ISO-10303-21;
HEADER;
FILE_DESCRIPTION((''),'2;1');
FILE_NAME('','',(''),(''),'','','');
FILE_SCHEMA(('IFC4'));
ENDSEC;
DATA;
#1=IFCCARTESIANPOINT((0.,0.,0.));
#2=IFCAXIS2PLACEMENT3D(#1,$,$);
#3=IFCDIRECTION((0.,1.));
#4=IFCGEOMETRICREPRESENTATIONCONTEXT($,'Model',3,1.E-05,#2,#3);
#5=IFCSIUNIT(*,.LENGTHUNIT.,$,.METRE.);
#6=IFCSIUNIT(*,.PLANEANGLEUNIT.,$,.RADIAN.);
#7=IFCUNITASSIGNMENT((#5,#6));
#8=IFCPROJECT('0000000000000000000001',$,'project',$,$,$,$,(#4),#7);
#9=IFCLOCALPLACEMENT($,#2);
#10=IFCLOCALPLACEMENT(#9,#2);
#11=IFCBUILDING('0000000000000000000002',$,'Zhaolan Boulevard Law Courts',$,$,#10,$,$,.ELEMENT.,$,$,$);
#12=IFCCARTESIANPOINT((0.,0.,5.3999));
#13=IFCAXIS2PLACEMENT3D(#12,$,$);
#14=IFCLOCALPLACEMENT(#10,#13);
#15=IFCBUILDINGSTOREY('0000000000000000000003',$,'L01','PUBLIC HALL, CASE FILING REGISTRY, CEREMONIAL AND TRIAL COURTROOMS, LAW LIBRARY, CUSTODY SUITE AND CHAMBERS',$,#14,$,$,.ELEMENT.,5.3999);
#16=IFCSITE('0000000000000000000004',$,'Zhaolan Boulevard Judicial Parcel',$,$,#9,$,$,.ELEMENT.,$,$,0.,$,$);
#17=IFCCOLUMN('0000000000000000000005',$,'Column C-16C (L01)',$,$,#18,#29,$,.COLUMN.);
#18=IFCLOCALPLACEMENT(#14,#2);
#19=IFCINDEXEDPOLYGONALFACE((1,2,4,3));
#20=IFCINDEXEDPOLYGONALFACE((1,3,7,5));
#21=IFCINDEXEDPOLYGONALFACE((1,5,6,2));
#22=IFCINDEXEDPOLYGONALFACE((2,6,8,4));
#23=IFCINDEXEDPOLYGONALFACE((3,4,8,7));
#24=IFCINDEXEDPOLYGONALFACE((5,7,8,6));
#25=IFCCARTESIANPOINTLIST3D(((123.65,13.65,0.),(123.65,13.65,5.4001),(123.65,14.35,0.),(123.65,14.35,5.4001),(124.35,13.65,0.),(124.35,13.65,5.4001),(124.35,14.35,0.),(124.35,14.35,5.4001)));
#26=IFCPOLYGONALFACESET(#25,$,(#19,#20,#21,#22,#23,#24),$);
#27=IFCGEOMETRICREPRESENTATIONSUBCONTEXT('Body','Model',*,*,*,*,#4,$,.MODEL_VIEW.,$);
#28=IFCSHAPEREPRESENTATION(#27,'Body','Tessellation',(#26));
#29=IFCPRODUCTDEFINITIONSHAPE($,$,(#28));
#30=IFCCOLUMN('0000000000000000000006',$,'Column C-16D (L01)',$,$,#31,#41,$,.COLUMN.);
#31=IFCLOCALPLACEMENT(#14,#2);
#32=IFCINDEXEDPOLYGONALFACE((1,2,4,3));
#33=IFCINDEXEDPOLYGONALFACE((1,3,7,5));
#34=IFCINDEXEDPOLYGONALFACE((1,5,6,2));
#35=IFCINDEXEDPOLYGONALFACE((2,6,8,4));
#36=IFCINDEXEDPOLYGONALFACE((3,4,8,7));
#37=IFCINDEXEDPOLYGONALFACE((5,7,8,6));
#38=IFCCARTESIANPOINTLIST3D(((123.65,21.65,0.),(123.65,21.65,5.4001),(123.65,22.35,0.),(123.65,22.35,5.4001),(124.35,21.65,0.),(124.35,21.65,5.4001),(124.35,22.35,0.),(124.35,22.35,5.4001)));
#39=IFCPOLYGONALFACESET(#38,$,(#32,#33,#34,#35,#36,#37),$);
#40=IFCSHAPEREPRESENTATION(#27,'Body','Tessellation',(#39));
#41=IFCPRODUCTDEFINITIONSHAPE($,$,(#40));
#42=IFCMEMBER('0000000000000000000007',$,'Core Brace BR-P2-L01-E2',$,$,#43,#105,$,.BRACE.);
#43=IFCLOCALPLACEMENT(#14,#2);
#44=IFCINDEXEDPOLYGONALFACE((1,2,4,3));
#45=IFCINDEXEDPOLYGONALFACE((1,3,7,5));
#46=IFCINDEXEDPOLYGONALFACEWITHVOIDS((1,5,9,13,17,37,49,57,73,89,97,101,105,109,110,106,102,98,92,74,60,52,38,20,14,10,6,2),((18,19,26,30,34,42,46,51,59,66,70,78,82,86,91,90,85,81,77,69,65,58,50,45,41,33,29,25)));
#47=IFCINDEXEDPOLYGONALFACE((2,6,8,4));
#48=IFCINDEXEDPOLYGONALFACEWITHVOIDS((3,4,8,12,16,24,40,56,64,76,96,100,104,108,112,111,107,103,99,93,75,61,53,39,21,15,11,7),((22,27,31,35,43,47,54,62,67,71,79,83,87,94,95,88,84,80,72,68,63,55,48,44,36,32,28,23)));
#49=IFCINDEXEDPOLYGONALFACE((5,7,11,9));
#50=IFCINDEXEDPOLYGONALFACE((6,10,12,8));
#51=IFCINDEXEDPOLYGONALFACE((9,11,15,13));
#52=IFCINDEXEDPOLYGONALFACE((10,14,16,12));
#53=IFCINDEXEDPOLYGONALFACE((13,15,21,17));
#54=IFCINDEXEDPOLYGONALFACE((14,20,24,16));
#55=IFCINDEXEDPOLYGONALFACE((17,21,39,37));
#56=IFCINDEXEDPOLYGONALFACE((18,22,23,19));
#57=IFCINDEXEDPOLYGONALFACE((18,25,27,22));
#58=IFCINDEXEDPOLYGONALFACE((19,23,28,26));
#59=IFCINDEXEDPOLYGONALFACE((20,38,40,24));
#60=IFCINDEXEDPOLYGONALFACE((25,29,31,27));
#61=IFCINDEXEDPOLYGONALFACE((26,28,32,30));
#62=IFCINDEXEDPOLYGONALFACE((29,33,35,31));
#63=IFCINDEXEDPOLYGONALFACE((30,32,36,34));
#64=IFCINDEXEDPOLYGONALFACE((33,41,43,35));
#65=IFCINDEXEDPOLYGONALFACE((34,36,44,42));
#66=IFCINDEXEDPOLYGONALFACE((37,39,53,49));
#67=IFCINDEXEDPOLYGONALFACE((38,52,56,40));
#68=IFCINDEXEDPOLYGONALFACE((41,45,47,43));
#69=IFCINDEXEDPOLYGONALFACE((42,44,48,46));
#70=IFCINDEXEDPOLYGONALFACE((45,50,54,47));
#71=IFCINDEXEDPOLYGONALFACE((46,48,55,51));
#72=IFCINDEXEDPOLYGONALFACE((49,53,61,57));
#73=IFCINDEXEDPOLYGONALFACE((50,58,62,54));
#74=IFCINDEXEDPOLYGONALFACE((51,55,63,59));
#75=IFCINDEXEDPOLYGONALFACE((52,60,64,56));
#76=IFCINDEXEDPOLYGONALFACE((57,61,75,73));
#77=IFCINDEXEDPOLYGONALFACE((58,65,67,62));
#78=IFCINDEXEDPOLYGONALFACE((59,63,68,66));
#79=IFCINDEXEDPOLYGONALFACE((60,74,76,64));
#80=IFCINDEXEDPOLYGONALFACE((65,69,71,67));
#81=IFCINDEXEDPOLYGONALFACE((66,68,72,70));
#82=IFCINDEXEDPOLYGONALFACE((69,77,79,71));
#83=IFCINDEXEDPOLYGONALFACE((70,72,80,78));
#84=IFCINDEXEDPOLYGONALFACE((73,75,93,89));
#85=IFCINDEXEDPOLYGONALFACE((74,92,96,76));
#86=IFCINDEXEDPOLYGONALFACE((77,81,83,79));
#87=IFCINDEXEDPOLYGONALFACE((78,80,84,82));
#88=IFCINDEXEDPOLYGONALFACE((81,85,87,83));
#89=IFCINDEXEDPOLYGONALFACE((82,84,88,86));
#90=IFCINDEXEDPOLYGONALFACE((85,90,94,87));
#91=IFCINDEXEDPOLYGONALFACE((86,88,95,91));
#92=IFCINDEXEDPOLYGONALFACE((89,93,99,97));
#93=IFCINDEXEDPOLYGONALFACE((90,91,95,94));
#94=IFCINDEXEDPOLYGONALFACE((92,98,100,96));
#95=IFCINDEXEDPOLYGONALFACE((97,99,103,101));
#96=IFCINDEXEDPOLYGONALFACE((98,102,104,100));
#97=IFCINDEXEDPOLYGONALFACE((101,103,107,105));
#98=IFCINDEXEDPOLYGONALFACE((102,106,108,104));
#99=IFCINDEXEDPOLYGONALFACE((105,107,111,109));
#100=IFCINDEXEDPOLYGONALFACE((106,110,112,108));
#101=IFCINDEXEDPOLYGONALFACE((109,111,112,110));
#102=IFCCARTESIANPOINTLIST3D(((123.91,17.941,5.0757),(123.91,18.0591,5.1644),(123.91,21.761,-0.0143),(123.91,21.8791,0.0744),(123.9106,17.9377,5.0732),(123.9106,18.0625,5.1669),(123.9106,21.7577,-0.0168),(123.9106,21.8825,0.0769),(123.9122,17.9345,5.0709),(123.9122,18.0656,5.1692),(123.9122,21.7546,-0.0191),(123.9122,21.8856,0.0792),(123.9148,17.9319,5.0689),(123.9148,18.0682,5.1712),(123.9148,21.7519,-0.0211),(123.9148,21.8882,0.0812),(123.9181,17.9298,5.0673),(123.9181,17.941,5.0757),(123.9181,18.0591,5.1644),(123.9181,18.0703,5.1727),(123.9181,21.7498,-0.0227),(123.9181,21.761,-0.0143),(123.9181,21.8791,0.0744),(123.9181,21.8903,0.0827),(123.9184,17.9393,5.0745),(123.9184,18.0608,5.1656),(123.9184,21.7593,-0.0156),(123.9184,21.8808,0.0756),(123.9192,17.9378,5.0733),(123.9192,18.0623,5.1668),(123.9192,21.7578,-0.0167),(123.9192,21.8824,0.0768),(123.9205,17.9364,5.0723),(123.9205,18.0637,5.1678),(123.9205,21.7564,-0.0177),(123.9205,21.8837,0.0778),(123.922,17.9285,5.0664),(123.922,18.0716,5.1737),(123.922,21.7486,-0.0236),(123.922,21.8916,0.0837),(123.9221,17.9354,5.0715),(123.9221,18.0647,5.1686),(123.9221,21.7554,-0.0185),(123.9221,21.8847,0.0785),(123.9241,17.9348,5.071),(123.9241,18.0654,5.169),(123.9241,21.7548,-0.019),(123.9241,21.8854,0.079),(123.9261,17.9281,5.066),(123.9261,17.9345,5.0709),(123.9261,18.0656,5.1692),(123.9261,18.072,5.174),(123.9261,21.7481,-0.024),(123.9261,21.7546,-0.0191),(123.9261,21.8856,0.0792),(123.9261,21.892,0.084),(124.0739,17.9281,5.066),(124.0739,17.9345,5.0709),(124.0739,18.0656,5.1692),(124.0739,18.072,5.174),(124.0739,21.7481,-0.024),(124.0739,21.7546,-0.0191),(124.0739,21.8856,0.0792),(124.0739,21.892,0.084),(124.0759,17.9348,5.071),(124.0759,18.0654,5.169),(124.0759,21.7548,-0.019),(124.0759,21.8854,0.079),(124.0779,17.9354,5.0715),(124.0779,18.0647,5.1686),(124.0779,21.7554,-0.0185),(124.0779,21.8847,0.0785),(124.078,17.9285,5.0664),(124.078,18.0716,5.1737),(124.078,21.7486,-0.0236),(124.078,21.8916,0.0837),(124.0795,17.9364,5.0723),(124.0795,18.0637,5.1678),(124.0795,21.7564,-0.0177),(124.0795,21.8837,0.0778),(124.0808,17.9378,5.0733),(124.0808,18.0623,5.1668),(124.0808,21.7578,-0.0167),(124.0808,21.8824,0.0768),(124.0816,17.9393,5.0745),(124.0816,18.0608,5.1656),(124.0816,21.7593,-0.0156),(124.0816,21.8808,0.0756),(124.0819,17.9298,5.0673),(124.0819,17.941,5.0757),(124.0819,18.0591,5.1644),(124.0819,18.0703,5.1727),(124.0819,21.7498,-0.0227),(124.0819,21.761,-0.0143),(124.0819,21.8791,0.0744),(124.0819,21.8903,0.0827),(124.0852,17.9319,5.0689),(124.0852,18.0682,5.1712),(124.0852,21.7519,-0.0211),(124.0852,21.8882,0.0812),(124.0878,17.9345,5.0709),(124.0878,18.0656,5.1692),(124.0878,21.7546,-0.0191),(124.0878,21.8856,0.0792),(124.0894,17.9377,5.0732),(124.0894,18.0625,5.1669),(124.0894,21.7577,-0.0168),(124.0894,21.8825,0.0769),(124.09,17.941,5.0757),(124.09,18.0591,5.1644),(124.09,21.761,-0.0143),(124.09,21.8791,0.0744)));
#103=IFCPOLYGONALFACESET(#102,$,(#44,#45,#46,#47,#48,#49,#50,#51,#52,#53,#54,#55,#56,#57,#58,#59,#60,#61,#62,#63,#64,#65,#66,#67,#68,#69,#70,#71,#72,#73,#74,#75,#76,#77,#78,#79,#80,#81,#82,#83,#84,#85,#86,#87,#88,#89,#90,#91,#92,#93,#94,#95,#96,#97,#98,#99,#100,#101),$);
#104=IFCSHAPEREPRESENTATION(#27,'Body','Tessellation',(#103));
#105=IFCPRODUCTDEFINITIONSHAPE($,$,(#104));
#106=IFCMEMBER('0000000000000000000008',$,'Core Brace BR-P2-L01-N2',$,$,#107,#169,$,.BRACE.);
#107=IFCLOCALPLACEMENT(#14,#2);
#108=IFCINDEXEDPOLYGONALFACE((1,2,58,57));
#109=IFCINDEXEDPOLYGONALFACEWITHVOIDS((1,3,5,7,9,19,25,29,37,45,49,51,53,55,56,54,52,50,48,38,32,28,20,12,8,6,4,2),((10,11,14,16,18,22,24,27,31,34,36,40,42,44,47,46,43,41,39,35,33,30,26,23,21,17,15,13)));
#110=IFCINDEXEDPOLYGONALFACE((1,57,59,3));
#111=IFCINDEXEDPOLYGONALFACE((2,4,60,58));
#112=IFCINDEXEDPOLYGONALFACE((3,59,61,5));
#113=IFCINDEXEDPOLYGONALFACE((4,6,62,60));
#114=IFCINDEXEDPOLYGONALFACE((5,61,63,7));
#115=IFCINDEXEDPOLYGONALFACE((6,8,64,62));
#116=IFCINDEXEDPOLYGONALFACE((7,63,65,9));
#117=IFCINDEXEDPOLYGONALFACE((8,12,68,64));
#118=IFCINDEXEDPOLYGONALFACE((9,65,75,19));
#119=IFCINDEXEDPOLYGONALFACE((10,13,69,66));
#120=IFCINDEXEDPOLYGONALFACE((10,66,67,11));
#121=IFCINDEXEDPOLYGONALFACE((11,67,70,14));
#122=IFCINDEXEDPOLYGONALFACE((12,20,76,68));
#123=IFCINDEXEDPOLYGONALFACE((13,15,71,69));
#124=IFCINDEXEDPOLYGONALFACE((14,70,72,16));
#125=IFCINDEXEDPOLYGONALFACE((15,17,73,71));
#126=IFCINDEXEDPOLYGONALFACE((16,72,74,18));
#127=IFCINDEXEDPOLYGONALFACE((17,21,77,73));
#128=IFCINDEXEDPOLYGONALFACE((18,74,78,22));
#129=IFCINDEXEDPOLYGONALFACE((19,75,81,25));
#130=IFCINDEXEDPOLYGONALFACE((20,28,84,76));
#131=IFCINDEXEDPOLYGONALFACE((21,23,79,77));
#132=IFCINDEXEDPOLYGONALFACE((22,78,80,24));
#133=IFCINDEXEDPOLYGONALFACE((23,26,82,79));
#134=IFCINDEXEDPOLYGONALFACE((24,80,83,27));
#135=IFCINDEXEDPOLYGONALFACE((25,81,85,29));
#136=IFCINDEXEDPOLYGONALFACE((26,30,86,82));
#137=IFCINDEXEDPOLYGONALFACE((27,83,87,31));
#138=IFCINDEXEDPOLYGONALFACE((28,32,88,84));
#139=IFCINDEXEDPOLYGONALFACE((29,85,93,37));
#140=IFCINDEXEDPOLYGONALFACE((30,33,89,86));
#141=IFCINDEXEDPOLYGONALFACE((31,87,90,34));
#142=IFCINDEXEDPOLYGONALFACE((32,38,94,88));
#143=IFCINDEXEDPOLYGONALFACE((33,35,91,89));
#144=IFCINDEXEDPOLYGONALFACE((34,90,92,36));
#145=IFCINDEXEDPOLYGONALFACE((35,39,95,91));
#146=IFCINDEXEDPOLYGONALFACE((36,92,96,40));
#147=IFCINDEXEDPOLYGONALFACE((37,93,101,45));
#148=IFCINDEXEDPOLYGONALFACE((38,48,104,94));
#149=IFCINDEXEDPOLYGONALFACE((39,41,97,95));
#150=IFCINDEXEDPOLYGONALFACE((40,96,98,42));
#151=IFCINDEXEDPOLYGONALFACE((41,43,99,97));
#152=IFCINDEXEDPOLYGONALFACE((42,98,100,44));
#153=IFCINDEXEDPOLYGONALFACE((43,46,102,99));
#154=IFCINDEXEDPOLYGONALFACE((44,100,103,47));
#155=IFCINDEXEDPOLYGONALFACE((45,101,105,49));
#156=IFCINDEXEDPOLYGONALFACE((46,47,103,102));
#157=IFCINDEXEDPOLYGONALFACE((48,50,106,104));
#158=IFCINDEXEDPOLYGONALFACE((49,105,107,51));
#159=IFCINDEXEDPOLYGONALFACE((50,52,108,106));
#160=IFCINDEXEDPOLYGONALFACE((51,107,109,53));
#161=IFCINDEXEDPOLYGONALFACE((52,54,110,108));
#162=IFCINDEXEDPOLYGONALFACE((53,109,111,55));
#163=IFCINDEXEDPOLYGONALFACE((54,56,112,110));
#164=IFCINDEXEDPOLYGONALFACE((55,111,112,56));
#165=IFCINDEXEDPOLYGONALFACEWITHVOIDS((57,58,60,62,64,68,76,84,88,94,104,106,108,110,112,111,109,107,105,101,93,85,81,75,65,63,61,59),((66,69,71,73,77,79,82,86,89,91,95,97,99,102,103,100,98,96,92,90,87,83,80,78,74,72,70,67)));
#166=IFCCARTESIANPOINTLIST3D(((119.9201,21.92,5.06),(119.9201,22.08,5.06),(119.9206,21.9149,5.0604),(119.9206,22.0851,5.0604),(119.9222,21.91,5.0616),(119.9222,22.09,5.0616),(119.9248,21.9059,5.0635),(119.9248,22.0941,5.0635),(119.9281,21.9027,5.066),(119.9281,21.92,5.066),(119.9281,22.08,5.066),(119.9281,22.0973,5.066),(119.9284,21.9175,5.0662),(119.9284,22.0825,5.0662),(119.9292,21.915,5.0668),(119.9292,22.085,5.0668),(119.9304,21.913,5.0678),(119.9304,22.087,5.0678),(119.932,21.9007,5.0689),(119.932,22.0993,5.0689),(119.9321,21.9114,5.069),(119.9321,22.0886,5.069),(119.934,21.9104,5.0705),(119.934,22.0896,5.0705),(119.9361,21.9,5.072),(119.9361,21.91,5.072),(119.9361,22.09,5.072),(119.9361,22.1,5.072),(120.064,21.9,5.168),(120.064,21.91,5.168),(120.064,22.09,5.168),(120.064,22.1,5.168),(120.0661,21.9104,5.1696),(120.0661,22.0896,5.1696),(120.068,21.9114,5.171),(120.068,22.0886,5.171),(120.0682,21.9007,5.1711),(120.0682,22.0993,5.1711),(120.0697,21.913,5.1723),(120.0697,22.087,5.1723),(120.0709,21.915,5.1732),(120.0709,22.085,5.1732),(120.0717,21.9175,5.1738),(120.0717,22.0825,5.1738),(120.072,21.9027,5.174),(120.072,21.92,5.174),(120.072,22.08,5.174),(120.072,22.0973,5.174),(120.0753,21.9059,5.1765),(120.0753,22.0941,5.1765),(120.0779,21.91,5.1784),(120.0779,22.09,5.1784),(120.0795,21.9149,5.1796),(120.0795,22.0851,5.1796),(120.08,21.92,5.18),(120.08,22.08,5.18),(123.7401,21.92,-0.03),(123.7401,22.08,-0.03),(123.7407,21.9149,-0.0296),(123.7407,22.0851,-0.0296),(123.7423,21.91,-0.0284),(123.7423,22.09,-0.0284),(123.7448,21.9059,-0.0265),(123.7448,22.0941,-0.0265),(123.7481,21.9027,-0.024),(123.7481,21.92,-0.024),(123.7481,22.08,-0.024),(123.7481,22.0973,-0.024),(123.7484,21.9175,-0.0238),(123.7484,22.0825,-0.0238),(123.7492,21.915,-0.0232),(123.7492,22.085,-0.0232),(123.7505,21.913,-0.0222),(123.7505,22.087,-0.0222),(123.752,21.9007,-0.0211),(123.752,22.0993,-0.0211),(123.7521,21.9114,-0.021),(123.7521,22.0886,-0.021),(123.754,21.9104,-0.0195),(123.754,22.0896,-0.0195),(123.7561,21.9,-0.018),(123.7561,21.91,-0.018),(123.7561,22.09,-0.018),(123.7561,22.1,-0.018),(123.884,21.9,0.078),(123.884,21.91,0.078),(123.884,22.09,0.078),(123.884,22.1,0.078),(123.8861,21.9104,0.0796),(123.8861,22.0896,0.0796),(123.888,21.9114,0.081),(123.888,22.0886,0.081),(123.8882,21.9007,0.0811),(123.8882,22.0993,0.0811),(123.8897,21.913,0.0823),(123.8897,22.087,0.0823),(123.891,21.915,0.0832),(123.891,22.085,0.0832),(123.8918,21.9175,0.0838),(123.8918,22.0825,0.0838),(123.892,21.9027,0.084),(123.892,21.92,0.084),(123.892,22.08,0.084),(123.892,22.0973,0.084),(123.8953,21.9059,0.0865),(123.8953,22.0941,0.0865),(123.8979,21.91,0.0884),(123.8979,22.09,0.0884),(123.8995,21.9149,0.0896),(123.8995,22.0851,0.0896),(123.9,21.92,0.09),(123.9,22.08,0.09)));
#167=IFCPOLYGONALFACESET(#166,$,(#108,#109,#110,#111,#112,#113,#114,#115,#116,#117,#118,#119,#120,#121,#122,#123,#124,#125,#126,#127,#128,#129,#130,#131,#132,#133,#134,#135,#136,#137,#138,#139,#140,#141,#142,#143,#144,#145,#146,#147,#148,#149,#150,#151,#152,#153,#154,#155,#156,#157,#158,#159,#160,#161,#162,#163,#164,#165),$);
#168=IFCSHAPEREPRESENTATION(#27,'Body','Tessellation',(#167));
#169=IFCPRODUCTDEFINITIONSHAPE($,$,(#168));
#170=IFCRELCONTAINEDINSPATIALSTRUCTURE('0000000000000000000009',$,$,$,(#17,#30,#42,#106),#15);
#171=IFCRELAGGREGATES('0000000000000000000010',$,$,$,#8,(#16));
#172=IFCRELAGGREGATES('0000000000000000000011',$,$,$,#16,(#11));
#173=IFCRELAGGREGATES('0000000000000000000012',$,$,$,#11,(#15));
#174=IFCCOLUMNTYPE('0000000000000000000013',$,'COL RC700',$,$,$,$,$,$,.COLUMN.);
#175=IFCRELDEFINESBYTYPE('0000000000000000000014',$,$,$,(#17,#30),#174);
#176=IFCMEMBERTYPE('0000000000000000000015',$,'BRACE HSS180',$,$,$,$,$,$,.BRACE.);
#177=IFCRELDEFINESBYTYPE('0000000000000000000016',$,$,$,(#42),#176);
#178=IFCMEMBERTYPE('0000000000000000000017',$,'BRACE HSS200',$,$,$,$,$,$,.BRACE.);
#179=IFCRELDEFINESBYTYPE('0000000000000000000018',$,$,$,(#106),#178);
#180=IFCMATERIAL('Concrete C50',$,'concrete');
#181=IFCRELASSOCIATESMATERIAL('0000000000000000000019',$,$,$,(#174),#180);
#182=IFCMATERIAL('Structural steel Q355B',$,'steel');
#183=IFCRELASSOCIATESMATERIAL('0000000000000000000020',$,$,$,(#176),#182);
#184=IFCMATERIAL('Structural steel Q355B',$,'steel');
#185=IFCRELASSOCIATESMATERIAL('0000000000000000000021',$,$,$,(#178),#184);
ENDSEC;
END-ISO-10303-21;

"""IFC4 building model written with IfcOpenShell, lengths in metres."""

from ifc_helpers import new_model, si_unit, direction, frame, origin, origin_2d, place, context, subcontext, project, spatial, rectangle, hollow_rectangle, extrude, material, material_profile, profile_set, type_object, element, save


model = new_model("IFC4")

# Units and contexts
model_context = context("Model", 3, precision=1e-05, world=origin(), true_north=direction((0.0, 1.0)))
body_context = subcontext(model_context, "Body", "Model", "MODEL_VIEW")
ifc_project = project(units=[si_unit("LENGTHUNIT", "METRE"), si_unit("PLANEANGLEUNIT", "RADIAN")], contexts=[model_context])

# Site, building, storey
site_placement = place(None, origin())
site = spatial("IfcSite", under=ifc_project, at=site_placement, Name="Zhaolan Boulevard Judicial Parcel", CompositionType="ELEMENT", RefElevation=0.0)
building_placement = place(site_placement, origin())
building = spatial("IfcBuilding", under=site, at=building_placement, Name="Zhaolan Boulevard Law Courts", CompositionType="ELEMENT")
storey_placement = place(building_placement, frame((0.0, 0.0, 5.3999)))
storey = spatial("IfcBuildingStorey", under=building, at=storey_placement, Name="L01", Description="PUBLIC HALL, CASE FILING REGISTRY, CEREMONIAL AND TRIAL COURTROOMS, LAW LIBRARY, CUSTODY SUITE AND CHAMBERS", CompositionType="ELEMENT", Elevation=5.3999)

# Columns
ifc_material_1 = material(Name="Concrete C50", Category="concrete")
ifc_material_profile_1 = material_profile(ifc_material_1, rectangle(XDim=0.7, YDim=0.7, at=origin_2d()), Name="RC700x700")
ifc_profile_set_1 = profile_set([ifc_material_profile_1], Name="Concrete C50")
column_type = type_object("IfcColumnType", Name="COL RC700", PredefinedType="COLUMN", material=ifc_profile_set_1)
for number, where, z_axis, x_axis, name in (
    (1, (124.0, 14.0, 0.0), (0.0, 0.0, 1.0), (1.0, 0.0, 0.0), "Column C-16C (L01)"),
    (2, (124.0, 22.0, 0.0), (0.0, 0.0, 1.0), (1.0, 0.0, 0.0), "Column C-16D (L01)"),
):
    element("IfcColumn", number, at=place(storey_placement, frame(where, z_axis=z_axis, x_axis=x_axis)), inside=storey, type_object=column_type, Name=name, PredefinedType="COLUMN", context=body_context, shape_type="SweptSolid", body=[
        extrude(rectangle(XDim=0.7, YDim=0.7, at=origin_2d()), origin(), (0.0, 0.0, 1.0), 5.4001),
    ])

# Members
ifc_material_2 = material(Name="Structural steel Q355B", Category="steel")
ifc_material_profile_2 = material_profile(ifc_material_2, hollow_rectangle(XDim=0.1799, YDim=0.1799, WallThickness=0.0081, InnerFilletRadius=0.0081, OuterFilletRadius=0.0161, at=origin_2d()), Name="HSS180x180x8")
ifc_profile_set_2 = profile_set([ifc_material_profile_2], Name="Structural steel Q355B")
member_type_1 = type_object("IfcMemberType", Name="BRACE HSS180", PredefinedType="BRACE", material=ifc_profile_set_2)
member_1_placement = place(storey_placement, frame((124.0, 21.8201, 0.03), z_axis=(0.0, -0.600252, 0.799811), x_axis=(1.0, 0.0, 0.0)))
element("IfcMember", 3, at=member_1_placement, inside=storey, type_object=member_type_1, Name="Core Brace BR-P2-L01-E2", PredefinedType="BRACE", context=body_context, shape_type="SweptSolid", body=[
    extrude(hollow_rectangle(XDim=0.1799, YDim=0.1799, WallThickness=0.0081, InnerFilletRadius=0.0081, OuterFilletRadius=0.0161, at=origin_2d()), origin(), (0.0, 0.0, 1.0), 6.364),
])
ifc_material_3 = material(Name="Structural steel Q355B", Category="steel")
ifc_material_profile_3 = material_profile(ifc_material_3, hollow_rectangle(XDim=0.2, YDim=0.2, WallThickness=0.01, InnerFilletRadius=0.01, OuterFilletRadius=0.02, at=origin_2d()), Name="HSS200x200x10")
ifc_profile_set_3 = profile_set([ifc_material_profile_3], Name="Structural steel Q355B")
member_type_2 = type_object("IfcMemberType", Name="BRACE HSS200", PredefinedType="BRACE", material=ifc_profile_set_3)
for number, where, z_axis, x_axis, name in (
    (4, (123.8201, 22.0, 0.03), (-0.600252, 0.0, 0.799811), (0.0, -1.0, 0.0), "Core Brace BR-P2-L01-N2"),
):
    element("IfcMember", number, at=place(storey_placement, frame(where, z_axis=z_axis, x_axis=x_axis)), inside=storey, type_object=member_type_2, Name=name, PredefinedType="BRACE", context=body_context, shape_type="SweptSolid", body=[
        extrude(hollow_rectangle(XDim=0.2, YDim=0.2, WallThickness=0.01, InnerFilletRadius=0.01, OuterFilletRadius=0.02, at=origin_2d()), origin(), (0.0, 0.0, 1.0), 6.364),
    ])

save(model, "model.ifc")
